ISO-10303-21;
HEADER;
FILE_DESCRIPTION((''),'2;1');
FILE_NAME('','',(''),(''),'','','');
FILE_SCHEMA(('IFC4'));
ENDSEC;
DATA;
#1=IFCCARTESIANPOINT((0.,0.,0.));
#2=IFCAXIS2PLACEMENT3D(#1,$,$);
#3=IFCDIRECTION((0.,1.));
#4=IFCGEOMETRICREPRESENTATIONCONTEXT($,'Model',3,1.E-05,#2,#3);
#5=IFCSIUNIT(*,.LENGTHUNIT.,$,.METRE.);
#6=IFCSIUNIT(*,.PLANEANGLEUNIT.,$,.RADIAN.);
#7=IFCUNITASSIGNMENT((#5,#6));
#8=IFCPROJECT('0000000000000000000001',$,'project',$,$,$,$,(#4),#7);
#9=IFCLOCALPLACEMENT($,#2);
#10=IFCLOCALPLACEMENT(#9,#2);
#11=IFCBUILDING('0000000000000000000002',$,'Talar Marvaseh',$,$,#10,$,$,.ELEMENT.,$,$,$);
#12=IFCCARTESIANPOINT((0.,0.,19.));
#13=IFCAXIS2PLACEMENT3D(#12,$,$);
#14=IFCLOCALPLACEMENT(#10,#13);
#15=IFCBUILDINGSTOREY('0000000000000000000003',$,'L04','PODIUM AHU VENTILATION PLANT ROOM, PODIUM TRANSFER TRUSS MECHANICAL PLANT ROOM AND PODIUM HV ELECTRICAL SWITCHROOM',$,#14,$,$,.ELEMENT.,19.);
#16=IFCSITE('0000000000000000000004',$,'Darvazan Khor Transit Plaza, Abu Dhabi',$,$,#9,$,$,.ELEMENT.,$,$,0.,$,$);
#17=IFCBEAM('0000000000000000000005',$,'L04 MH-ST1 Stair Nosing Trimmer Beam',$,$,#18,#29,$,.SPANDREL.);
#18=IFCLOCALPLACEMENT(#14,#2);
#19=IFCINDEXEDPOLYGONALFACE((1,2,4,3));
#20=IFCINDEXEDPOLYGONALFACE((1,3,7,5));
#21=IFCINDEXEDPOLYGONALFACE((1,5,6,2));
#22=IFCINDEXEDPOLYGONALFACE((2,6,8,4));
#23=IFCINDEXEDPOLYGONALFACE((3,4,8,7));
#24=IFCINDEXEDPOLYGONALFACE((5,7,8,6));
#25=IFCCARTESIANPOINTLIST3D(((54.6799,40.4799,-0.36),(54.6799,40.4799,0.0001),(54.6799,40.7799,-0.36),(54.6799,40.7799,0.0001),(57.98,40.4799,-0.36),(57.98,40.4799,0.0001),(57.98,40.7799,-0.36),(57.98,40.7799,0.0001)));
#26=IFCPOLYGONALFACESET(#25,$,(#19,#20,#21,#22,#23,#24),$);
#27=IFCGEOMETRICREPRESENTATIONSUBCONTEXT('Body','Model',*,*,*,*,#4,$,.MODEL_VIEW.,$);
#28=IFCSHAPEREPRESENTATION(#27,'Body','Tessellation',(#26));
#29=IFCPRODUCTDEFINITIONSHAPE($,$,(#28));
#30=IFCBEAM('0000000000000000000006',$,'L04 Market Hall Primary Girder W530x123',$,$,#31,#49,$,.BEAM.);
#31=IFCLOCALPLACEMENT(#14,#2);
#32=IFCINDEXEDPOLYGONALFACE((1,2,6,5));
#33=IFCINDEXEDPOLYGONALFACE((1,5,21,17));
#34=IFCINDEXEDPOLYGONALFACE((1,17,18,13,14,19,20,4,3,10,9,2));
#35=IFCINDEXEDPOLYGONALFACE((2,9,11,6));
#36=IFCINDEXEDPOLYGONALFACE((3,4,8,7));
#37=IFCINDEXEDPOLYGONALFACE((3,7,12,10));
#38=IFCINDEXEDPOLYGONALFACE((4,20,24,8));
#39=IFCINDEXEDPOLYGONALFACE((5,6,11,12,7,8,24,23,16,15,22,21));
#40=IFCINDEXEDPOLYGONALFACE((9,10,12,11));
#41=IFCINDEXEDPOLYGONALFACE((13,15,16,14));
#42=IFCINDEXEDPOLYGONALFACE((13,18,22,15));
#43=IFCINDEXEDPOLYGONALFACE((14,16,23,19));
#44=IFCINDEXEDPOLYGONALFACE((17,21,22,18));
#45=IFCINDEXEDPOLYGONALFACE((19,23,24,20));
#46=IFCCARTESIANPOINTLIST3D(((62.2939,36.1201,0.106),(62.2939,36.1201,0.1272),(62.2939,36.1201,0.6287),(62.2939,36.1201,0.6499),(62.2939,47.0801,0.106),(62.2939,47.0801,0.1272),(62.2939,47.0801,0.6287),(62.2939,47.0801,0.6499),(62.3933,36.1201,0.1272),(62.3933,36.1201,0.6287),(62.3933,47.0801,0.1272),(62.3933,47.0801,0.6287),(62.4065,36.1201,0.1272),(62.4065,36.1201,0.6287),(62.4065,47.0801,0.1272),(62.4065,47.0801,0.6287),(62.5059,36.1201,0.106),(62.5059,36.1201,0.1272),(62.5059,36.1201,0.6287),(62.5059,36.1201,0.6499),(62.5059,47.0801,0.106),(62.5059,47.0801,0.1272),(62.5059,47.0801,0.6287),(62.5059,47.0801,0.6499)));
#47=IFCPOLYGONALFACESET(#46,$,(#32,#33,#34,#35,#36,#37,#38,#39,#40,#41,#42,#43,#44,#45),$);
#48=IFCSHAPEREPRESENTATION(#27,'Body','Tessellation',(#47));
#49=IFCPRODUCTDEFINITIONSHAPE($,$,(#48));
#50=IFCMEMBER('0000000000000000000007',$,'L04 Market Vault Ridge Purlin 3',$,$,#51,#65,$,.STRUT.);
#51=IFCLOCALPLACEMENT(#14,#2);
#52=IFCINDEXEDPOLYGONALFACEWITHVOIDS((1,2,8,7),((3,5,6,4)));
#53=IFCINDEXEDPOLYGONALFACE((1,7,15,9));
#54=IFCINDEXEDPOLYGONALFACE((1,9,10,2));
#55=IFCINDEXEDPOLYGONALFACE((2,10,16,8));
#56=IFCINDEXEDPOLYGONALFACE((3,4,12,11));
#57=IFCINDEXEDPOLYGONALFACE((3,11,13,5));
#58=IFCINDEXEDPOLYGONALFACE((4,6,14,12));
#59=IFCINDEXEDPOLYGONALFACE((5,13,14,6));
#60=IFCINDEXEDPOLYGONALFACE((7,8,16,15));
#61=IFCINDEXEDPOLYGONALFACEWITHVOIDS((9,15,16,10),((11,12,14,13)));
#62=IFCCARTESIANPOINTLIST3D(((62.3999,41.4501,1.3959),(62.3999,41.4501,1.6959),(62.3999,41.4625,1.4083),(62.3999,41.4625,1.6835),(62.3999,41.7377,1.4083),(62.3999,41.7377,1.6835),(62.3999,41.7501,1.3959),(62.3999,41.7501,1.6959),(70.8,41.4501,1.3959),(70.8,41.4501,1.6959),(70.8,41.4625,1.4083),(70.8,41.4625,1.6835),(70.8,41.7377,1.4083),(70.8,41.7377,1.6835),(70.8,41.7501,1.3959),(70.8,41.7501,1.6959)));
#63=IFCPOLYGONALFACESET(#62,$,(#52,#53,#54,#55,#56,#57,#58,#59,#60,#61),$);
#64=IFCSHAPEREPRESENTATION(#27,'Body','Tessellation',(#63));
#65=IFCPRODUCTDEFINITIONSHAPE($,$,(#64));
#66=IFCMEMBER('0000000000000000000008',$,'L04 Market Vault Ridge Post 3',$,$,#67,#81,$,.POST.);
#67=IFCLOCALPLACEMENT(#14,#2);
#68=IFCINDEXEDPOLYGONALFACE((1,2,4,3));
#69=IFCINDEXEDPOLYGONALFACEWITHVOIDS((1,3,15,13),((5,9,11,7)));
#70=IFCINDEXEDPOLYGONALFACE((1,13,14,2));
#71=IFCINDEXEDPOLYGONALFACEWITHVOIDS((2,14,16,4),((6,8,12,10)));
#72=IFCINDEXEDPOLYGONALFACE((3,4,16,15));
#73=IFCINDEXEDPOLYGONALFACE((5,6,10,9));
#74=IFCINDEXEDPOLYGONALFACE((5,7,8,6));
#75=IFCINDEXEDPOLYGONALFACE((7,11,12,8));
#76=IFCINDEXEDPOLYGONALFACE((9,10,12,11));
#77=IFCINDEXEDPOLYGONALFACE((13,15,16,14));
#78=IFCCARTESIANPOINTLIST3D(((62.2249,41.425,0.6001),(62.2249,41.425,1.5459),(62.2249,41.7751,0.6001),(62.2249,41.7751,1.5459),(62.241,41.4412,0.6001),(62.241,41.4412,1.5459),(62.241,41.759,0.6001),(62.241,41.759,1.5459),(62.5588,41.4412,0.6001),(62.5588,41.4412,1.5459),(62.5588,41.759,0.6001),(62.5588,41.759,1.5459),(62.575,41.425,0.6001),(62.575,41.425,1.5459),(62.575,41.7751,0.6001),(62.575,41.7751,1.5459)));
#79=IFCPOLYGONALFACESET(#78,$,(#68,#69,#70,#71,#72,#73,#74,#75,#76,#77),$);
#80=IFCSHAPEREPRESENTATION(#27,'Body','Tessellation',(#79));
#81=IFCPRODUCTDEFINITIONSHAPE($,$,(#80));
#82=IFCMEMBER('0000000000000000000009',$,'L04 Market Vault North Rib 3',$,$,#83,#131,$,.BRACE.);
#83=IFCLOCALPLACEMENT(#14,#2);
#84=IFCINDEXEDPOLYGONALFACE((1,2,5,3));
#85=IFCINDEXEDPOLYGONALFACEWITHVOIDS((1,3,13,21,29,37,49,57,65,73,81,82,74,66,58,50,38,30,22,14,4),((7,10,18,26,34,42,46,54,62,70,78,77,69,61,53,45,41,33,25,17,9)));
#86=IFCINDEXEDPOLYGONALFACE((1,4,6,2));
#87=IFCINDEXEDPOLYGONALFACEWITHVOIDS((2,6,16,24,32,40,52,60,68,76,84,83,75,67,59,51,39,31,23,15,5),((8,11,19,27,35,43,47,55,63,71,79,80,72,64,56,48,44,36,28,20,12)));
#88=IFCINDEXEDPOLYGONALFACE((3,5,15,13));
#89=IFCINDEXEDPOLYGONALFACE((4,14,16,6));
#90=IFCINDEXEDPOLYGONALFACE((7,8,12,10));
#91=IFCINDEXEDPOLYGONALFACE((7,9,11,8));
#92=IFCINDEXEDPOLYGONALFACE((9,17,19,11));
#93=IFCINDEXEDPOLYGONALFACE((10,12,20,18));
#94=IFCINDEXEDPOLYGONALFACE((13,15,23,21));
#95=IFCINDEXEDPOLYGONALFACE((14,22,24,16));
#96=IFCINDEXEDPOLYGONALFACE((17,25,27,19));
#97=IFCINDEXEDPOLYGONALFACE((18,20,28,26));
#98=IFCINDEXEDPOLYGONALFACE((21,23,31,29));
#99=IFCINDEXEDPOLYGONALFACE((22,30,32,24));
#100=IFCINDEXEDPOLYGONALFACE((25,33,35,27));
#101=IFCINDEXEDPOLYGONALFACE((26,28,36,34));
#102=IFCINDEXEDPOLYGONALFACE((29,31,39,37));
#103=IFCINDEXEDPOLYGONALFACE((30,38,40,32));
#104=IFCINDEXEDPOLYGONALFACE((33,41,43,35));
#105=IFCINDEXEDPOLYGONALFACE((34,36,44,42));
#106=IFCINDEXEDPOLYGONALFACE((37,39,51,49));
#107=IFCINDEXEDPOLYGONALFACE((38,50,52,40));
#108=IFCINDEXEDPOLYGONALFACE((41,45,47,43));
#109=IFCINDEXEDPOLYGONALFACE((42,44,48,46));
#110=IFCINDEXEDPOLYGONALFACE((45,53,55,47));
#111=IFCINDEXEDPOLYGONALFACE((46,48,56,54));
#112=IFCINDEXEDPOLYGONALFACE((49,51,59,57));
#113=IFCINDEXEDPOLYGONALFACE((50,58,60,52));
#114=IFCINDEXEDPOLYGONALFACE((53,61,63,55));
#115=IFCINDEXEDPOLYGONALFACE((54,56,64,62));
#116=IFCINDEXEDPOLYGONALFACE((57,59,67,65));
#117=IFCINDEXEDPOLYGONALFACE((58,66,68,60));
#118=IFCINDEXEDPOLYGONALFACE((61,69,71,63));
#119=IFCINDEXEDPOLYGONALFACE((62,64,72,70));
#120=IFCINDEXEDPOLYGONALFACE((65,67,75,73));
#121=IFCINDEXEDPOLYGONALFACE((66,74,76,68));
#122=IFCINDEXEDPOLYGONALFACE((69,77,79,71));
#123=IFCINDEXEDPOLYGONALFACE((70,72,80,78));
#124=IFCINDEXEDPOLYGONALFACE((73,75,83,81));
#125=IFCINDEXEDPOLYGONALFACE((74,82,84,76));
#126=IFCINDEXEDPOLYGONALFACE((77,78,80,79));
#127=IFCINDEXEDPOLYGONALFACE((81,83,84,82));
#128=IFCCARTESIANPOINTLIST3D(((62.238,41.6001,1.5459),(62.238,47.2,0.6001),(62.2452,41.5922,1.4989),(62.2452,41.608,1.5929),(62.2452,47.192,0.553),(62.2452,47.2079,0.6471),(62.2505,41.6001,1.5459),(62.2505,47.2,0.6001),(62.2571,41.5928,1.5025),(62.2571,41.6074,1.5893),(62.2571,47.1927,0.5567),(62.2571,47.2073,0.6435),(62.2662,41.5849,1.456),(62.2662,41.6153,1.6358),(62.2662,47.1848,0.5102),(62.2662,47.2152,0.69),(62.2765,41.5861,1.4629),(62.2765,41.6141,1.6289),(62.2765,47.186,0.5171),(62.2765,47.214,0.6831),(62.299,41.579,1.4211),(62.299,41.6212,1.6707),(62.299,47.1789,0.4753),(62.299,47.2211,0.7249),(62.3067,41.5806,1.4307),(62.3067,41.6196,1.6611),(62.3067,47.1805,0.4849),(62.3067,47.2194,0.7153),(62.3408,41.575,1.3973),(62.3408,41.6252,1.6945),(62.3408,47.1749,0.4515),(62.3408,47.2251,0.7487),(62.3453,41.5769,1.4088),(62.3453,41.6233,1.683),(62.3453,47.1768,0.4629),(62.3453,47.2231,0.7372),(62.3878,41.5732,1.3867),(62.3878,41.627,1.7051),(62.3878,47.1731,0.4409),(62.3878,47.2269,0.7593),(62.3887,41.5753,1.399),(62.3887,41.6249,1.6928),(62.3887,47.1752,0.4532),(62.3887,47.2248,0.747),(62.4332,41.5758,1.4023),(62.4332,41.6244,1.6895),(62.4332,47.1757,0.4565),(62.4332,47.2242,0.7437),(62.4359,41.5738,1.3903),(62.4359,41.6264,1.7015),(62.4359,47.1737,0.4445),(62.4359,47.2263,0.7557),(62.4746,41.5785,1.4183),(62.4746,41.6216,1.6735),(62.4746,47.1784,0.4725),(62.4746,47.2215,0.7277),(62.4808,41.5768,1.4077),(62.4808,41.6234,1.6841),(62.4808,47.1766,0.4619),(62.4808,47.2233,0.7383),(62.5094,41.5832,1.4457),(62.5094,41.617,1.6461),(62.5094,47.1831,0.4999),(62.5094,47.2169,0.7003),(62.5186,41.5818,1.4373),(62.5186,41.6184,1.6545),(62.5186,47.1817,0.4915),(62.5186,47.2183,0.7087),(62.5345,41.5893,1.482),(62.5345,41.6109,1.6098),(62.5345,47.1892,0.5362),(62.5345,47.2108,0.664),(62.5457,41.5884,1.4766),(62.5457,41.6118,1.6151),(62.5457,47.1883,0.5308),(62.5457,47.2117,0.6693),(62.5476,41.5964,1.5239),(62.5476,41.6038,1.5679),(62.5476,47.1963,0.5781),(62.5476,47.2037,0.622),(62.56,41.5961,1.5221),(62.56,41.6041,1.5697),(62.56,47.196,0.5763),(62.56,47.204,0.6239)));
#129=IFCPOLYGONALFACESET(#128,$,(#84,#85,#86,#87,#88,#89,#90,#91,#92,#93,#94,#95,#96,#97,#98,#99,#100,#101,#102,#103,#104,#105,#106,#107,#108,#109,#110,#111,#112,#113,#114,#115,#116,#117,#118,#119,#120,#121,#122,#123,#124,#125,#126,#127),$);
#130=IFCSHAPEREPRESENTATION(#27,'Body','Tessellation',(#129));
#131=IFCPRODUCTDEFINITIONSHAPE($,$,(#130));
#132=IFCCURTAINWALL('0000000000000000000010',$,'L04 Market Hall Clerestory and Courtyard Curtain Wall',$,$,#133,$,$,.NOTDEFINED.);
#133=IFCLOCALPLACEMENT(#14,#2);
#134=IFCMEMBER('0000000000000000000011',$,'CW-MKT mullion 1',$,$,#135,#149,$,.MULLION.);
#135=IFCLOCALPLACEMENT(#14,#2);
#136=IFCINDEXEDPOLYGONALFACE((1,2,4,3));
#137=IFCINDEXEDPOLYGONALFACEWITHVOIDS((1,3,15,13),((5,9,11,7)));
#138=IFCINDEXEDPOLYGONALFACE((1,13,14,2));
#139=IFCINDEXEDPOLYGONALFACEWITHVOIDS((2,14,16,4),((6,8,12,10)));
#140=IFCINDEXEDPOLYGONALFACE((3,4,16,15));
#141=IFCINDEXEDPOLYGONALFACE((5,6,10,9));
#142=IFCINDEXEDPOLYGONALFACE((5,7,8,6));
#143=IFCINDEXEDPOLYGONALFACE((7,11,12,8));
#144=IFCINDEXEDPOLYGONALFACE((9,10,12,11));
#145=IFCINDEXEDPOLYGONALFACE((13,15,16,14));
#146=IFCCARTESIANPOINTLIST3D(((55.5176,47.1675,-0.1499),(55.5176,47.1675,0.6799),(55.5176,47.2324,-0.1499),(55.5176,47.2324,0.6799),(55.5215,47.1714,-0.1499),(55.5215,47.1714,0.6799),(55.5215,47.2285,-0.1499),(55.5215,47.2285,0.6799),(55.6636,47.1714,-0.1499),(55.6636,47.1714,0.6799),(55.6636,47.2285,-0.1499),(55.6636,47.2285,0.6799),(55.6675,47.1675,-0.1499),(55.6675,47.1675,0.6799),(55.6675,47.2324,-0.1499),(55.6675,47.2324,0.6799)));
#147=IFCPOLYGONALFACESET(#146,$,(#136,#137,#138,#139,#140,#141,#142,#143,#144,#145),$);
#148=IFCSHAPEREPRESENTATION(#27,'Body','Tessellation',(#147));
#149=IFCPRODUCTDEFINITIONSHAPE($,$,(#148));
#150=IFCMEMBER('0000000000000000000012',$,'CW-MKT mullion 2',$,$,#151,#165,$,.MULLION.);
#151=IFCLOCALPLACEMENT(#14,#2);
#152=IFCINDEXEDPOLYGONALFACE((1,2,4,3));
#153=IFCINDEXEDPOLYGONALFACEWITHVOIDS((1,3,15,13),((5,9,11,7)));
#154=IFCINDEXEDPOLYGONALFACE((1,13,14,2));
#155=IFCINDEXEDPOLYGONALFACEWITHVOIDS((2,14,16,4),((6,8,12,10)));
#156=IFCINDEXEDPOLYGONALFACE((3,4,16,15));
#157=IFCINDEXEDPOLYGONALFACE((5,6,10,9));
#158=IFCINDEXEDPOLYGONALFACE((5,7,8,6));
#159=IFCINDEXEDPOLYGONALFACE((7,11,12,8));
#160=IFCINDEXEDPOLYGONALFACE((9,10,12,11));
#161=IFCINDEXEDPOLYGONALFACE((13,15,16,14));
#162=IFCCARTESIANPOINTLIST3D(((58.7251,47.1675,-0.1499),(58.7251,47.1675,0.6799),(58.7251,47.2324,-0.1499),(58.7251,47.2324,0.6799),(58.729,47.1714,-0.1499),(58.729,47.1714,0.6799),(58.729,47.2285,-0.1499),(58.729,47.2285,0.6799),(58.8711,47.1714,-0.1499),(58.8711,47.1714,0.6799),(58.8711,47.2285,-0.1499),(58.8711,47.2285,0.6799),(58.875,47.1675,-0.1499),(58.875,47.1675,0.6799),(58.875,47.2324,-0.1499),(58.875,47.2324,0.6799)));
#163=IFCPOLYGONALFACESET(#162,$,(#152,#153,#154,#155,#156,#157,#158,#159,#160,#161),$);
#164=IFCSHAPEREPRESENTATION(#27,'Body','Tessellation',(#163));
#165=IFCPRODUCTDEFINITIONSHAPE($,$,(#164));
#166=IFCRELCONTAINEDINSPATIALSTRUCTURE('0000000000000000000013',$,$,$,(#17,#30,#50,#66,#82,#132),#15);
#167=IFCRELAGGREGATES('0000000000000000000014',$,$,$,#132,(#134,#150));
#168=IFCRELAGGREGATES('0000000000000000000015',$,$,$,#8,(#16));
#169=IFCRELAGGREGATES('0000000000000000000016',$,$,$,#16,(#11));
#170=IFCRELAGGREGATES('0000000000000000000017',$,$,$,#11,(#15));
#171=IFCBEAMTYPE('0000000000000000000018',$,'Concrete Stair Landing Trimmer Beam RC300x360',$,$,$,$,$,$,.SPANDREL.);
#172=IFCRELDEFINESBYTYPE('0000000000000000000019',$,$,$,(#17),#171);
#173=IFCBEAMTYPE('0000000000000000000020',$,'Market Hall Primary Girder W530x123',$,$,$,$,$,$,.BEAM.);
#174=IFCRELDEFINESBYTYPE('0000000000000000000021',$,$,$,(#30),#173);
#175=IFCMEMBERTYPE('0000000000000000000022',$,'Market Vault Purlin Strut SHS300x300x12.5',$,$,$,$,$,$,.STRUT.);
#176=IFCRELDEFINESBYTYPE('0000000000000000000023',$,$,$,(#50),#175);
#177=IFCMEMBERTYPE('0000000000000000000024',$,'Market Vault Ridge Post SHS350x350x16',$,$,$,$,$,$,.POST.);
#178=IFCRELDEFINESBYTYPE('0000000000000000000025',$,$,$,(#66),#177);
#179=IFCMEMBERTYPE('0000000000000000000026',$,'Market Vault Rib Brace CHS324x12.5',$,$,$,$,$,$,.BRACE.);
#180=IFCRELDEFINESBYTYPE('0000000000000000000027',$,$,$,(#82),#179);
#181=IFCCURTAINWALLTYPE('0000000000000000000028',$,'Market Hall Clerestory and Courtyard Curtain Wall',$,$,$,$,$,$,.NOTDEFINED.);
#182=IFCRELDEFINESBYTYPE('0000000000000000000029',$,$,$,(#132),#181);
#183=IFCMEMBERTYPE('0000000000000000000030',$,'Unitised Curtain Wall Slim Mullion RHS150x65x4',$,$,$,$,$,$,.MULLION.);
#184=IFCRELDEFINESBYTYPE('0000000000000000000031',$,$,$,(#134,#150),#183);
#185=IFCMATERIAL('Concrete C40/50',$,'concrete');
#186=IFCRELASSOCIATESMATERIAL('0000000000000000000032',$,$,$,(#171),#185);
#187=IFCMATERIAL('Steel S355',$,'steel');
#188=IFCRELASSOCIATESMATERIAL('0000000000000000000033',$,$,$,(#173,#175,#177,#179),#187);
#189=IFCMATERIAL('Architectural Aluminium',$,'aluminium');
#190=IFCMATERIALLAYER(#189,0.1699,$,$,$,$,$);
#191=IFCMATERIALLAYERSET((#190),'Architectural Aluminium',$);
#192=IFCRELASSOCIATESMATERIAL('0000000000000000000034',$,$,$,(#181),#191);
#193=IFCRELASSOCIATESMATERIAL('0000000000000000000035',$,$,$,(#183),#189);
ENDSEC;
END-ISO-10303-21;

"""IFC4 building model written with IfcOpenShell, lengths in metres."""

from ifc_helpers import new_model, si_unit, direction, frame, origin, origin_2d, place, context, subcontext, project, spatial, rectangle, hollow_rectangle, hollow_circle, i_section, extrude, source, transform, mapped, material, layer, layer_set, material_profile, profile_set, type_object, type_shapes, element, aggregate, save


model = new_model("IFC4")

# Units and contexts
model_context = context("Model", 3, precision=1e-05, world=origin(), true_north=direction((0.0, 1.0)))
body_context = subcontext(model_context, "Body", "Model", "MODEL_VIEW")
ifc_project = project(units=[si_unit("LENGTHUNIT", "METRE"), si_unit("PLANEANGLEUNIT", "RADIAN")], contexts=[model_context])

# Site, building, storey
site_placement = place(None, origin())
site = spatial("IfcSite", under=ifc_project, at=site_placement, Name="Darvazan Khor Transit Plaza, Abu Dhabi", CompositionType="ELEMENT", RefElevation=0.0)
building_placement = place(site_placement, origin())
building = spatial("IfcBuilding", under=site, at=building_placement, Name="Talar Marvaseh", CompositionType="ELEMENT")
storey_placement = place(building_placement, frame((0.0, 0.0, 19.0)))
storey = spatial("IfcBuildingStorey", under=building, at=storey_placement, Name="L04", Description="PODIUM AHU VENTILATION PLANT ROOM, PODIUM TRANSFER TRUSS MECHANICAL PLANT ROOM AND PODIUM HV ELECTRICAL SWITCHROOM", CompositionType="ELEMENT", Elevation=19.0)

# Beams
ifc_material_1 = material(Name="Concrete C40/50", Category="concrete")
ifc_material_profile_1 = material_profile(ifc_material_1, rectangle(XDim=0.3, YDim=0.3601, at=origin_2d()), Name="RC300x360")
ifc_profile_set_1 = profile_set([ifc_material_profile_1], Name="Concrete C40/50")
beam_type_1 = type_object("IfcBeamType", Name="Concrete Stair Landing Trimmer Beam RC300x360", PredefinedType="SPANDREL", material=ifc_profile_set_1)
beam_1_placement = place(storey_placement, frame((57.98, 40.6299, -0.1799), z_axis=(-1.0, 0.0, 0.0), x_axis=(0.0, -1.0, 0.0)))
element("IfcBeam", 1, at=beam_1_placement, inside=storey, type_object=beam_type_1, Name="L04 MH-ST1 Stair Nosing Trimmer Beam", PredefinedType="SPANDREL", context=body_context, shape_type="SweptSolid", body=[
    extrude(rectangle(XDim=0.3, YDim=0.3601, at=origin_2d()), origin(), (0.0, 0.0, 1.0), 3.3),
])
ifc_material_2 = material(Name="Steel S355", Category="steel")
ifc_material_profile_2 = material_profile(ifc_material_2, i_section(OverallWidth=0.2119, OverallDepth=0.5439, WebThickness=0.0132, FlangeThickness=0.0212, at=origin_2d()), Name="W530x123")
ifc_profile_set_2 = profile_set([ifc_material_profile_2], Name="Steel S355")
beam_type_2 = type_object("IfcBeamType", Name="Market Hall Primary Girder W530x123", PredefinedType="BEAM", material=ifc_profile_set_2)
beam_2_placement = place(storey_placement, frame((62.3999, 36.1201, 0.3779), z_axis=(0.0, 1.0, 0.0), x_axis=(-1.0, 0.0, 0.0)))
element("IfcBeam", 2, at=beam_2_placement, inside=storey, type_object=beam_type_2, Name="L04 Market Hall Primary Girder W530x123", PredefinedType="BEAM", context=body_context, shape_type="SweptSolid", body=[
    extrude(i_section(OverallWidth=0.2119, OverallDepth=0.5439, WebThickness=0.0132, FlangeThickness=0.0212, at=origin_2d()), origin(), (0.0, 0.0, 1.0), 10.96),
])

# Members
ifc_material_profile_3 = material_profile(ifc_material_2, hollow_rectangle(XDim=0.3, YDim=0.3, WallThickness=0.0125, at=origin_2d()), Name="SHS300x300x12.5")
ifc_profile_set_3 = profile_set([ifc_material_profile_3], Name="Steel S355")
member_type_1 = type_object("IfcMemberType", Name="Market Vault Purlin Strut SHS300x300x12.5", PredefinedType="STRUT", material=ifc_profile_set_3)
shared_shape_1 = source(origin(), body_context, "Body", "SweptSolid", [
    extrude(hollow_rectangle(XDim=0.3, YDim=0.3, WallThickness=0.0125, at=origin_2d()), origin(), (0.0, 0.0, 1.0), 8.4001),
])
type_shapes(member_type_1, [shared_shape_1])
member_1_placement = place(storey_placement, frame((62.3999, 41.6001, 1.5459), z_axis=(1.0, 0.0, 0.0), x_axis=(0.0, 1.0, 0.0)))
element("IfcMember", 3, at=member_1_placement, inside=storey, type_object=member_type_1, Name="L04 Market Vault Ridge Purlin 3", PredefinedType="STRUT", context=body_context, shape_type="MappedRepresentation", body=[
    mapped(shared_shape_1, transform((0.0, 0.0, 0.0), x_axis=(1.0, 0.0, 0.0), y_axis=(0.0, 1.0, 0.0), z_axis=(0.0, 0.0, 1.0), scale=1.0)),
])
ifc_material_profile_4 = material_profile(ifc_material_2, hollow_rectangle(XDim=0.3501, YDim=0.3501, WallThickness=0.0161, at=origin_2d()), Name="SHS350x350x16")
ifc_profile_set_4 = profile_set([ifc_material_profile_4], Name="Steel S355")
member_type_2 = type_object("IfcMemberType", Name="Market Vault Ridge Post SHS350x350x16", PredefinedType="POST", material=ifc_profile_set_4)
shared_shape_2 = source(origin(), body_context, "Body", "SweptSolid", [
    extrude(hollow_rectangle(XDim=0.3501, YDim=0.3501, WallThickness=0.0161, at=origin_2d()), origin(), (0.0, 0.0, 1.0), 0.9458),
])
type_shapes(member_type_2, [shared_shape_2])
member_2_placement = place(storey_placement, frame((62.3999, 41.6001, 0.6001), z_axis=(0.0, 0.0, 1.0), x_axis=(1.0, 0.0, 0.0)))
element("IfcMember", 4, at=member_2_placement, inside=storey, type_object=member_type_2, Name="L04 Market Vault Ridge Post 3", PredefinedType="POST", context=body_context, shape_type="MappedRepresentation", body=[
    mapped(shared_shape_2, transform((0.0, 0.0, 0.0), x_axis=(1.0, 0.0, 0.0), y_axis=(0.0, 1.0, 0.0), z_axis=(0.0, 0.0, 1.0), scale=1.0)),
])
ifc_material_profile_5 = material_profile(ifc_material_2, hollow_circle(Radius=0.1619, WallThickness=0.0125, at=origin_2d()), Name="CHS324x12.5")
ifc_profile_set_5 = profile_set([ifc_material_profile_5], Name="Steel S355")
member_type_3 = type_object("IfcMemberType", Name="Market Vault Rib Brace CHS324x12.5", PredefinedType="BRACE", material=ifc_profile_set_5)
shared_shape_3 = source(origin(), body_context, "Body", "SweptSolid", [
    extrude(hollow_circle(Radius=0.1619, WallThickness=0.0125, at=origin_2d()), origin(), (0.0, 0.0, 1.0), 5.6792),
])
type_shapes(member_type_3, [shared_shape_3])
member_3_placement = place(storey_placement, frame((62.3999, 41.6001, 1.5459), z_axis=(0.0, 0.986035, -0.166539), x_axis=(-1.0, 0.0, 0.0)))
element("IfcMember", 5, at=member_3_placement, inside=storey, type_object=member_type_3, Name="L04 Market Vault North Rib 3", PredefinedType="BRACE", context=body_context, shape_type="MappedRepresentation", body=[
    mapped(shared_shape_3, transform((0.0, 0.0, 0.0), x_axis=(1.0, 0.0, 0.0), y_axis=(0.0, 1.0, 0.0), z_axis=(0.0, 0.0, 1.0), scale=1.0)),
])

# Curtain wall, members
ifc_material_3 = material(Name="Architectural Aluminium", Category="aluminium")
ifc_layer_1 = layer(ifc_material_3, 0.1699)
ifc_layer_set_1 = layer_set([ifc_layer_1], Name="Architectural Aluminium")
curtain_wall_type = type_object("IfcCurtainWallType", Name="Market Hall Clerestory and Courtyard Curtain Wall", PredefinedType="NOTDEFINED", material=ifc_layer_set_1)
curtain_wall_1_placement = place(storey_placement, origin())
curtain_wall_1 = element("IfcCurtainWall", 6, at=curtain_wall_1_placement, inside=storey, type_object=curtain_wall_type, Name="L04 Market Hall Clerestory and Courtyard Curtain Wall", PredefinedType="NOTDEFINED")
ifc_material_profile_6 = material_profile(ifc_material_3, hollow_rectangle(XDim=0.0649, YDim=0.1499, WallThickness=0.0039, at=origin_2d()), Name="RHS150x65x4")
ifc_profile_set_6 = profile_set([ifc_material_profile_6], Name="Architectural Aluminium")
member_type_4 = type_object("IfcMemberType", Name="Unitised Curtain Wall Slim Mullion RHS150x65x4", PredefinedType="MULLION", material=ifc_profile_set_6)
shared_shape_4 = source(origin(), body_context, "Body", "SweptSolid", [
    extrude(hollow_rectangle(XDim=0.0649, YDim=0.1499, WallThickness=0.0039, at=origin_2d()), origin(), (0.0, 0.0, 1.0), 0.8298),
])
type_shapes(member_type_4, [shared_shape_4])
member_4_placement = place(storey_placement, frame((55.5925, 47.2, -0.1499), z_axis=(0.0, 0.0, 1.0), x_axis=(0.0, 1.0, 0.0)))
member_4 = element("IfcMember", 7, at=member_4_placement, type_object=member_type_4, Name="CW-MKT mullion 1", PredefinedType="MULLION", context=body_context, shape_type="MappedRepresentation", body=[
    mapped(shared_shape_4, transform((0.0, 0.0, 0.0), x_axis=(1.0, 0.0, 0.0), y_axis=(0.0, 1.0, 0.0), z_axis=(0.0, 0.0, 1.0), scale=1.0)),
])
member_5_placement = place(storey_placement, frame((58.8, 47.2, -0.1499), z_axis=(0.0, 0.0, 1.0), x_axis=(0.0, 1.0, 0.0)))
member_5 = element("IfcMember", 8, at=member_5_placement, type_object=member_type_4, Name="CW-MKT mullion 2", PredefinedType="MULLION", context=body_context, shape_type="MappedRepresentation", body=[
    mapped(shared_shape_4, transform((0.0, 0.0, 0.0), x_axis=(1.0, 0.0, 0.0), y_axis=(0.0, 1.0, 0.0), z_axis=(0.0, 0.0, 1.0), scale=1.0)),
])

aggregate(curtain_wall_1, [member_4, member_5])

save(model, "model.ifc")
